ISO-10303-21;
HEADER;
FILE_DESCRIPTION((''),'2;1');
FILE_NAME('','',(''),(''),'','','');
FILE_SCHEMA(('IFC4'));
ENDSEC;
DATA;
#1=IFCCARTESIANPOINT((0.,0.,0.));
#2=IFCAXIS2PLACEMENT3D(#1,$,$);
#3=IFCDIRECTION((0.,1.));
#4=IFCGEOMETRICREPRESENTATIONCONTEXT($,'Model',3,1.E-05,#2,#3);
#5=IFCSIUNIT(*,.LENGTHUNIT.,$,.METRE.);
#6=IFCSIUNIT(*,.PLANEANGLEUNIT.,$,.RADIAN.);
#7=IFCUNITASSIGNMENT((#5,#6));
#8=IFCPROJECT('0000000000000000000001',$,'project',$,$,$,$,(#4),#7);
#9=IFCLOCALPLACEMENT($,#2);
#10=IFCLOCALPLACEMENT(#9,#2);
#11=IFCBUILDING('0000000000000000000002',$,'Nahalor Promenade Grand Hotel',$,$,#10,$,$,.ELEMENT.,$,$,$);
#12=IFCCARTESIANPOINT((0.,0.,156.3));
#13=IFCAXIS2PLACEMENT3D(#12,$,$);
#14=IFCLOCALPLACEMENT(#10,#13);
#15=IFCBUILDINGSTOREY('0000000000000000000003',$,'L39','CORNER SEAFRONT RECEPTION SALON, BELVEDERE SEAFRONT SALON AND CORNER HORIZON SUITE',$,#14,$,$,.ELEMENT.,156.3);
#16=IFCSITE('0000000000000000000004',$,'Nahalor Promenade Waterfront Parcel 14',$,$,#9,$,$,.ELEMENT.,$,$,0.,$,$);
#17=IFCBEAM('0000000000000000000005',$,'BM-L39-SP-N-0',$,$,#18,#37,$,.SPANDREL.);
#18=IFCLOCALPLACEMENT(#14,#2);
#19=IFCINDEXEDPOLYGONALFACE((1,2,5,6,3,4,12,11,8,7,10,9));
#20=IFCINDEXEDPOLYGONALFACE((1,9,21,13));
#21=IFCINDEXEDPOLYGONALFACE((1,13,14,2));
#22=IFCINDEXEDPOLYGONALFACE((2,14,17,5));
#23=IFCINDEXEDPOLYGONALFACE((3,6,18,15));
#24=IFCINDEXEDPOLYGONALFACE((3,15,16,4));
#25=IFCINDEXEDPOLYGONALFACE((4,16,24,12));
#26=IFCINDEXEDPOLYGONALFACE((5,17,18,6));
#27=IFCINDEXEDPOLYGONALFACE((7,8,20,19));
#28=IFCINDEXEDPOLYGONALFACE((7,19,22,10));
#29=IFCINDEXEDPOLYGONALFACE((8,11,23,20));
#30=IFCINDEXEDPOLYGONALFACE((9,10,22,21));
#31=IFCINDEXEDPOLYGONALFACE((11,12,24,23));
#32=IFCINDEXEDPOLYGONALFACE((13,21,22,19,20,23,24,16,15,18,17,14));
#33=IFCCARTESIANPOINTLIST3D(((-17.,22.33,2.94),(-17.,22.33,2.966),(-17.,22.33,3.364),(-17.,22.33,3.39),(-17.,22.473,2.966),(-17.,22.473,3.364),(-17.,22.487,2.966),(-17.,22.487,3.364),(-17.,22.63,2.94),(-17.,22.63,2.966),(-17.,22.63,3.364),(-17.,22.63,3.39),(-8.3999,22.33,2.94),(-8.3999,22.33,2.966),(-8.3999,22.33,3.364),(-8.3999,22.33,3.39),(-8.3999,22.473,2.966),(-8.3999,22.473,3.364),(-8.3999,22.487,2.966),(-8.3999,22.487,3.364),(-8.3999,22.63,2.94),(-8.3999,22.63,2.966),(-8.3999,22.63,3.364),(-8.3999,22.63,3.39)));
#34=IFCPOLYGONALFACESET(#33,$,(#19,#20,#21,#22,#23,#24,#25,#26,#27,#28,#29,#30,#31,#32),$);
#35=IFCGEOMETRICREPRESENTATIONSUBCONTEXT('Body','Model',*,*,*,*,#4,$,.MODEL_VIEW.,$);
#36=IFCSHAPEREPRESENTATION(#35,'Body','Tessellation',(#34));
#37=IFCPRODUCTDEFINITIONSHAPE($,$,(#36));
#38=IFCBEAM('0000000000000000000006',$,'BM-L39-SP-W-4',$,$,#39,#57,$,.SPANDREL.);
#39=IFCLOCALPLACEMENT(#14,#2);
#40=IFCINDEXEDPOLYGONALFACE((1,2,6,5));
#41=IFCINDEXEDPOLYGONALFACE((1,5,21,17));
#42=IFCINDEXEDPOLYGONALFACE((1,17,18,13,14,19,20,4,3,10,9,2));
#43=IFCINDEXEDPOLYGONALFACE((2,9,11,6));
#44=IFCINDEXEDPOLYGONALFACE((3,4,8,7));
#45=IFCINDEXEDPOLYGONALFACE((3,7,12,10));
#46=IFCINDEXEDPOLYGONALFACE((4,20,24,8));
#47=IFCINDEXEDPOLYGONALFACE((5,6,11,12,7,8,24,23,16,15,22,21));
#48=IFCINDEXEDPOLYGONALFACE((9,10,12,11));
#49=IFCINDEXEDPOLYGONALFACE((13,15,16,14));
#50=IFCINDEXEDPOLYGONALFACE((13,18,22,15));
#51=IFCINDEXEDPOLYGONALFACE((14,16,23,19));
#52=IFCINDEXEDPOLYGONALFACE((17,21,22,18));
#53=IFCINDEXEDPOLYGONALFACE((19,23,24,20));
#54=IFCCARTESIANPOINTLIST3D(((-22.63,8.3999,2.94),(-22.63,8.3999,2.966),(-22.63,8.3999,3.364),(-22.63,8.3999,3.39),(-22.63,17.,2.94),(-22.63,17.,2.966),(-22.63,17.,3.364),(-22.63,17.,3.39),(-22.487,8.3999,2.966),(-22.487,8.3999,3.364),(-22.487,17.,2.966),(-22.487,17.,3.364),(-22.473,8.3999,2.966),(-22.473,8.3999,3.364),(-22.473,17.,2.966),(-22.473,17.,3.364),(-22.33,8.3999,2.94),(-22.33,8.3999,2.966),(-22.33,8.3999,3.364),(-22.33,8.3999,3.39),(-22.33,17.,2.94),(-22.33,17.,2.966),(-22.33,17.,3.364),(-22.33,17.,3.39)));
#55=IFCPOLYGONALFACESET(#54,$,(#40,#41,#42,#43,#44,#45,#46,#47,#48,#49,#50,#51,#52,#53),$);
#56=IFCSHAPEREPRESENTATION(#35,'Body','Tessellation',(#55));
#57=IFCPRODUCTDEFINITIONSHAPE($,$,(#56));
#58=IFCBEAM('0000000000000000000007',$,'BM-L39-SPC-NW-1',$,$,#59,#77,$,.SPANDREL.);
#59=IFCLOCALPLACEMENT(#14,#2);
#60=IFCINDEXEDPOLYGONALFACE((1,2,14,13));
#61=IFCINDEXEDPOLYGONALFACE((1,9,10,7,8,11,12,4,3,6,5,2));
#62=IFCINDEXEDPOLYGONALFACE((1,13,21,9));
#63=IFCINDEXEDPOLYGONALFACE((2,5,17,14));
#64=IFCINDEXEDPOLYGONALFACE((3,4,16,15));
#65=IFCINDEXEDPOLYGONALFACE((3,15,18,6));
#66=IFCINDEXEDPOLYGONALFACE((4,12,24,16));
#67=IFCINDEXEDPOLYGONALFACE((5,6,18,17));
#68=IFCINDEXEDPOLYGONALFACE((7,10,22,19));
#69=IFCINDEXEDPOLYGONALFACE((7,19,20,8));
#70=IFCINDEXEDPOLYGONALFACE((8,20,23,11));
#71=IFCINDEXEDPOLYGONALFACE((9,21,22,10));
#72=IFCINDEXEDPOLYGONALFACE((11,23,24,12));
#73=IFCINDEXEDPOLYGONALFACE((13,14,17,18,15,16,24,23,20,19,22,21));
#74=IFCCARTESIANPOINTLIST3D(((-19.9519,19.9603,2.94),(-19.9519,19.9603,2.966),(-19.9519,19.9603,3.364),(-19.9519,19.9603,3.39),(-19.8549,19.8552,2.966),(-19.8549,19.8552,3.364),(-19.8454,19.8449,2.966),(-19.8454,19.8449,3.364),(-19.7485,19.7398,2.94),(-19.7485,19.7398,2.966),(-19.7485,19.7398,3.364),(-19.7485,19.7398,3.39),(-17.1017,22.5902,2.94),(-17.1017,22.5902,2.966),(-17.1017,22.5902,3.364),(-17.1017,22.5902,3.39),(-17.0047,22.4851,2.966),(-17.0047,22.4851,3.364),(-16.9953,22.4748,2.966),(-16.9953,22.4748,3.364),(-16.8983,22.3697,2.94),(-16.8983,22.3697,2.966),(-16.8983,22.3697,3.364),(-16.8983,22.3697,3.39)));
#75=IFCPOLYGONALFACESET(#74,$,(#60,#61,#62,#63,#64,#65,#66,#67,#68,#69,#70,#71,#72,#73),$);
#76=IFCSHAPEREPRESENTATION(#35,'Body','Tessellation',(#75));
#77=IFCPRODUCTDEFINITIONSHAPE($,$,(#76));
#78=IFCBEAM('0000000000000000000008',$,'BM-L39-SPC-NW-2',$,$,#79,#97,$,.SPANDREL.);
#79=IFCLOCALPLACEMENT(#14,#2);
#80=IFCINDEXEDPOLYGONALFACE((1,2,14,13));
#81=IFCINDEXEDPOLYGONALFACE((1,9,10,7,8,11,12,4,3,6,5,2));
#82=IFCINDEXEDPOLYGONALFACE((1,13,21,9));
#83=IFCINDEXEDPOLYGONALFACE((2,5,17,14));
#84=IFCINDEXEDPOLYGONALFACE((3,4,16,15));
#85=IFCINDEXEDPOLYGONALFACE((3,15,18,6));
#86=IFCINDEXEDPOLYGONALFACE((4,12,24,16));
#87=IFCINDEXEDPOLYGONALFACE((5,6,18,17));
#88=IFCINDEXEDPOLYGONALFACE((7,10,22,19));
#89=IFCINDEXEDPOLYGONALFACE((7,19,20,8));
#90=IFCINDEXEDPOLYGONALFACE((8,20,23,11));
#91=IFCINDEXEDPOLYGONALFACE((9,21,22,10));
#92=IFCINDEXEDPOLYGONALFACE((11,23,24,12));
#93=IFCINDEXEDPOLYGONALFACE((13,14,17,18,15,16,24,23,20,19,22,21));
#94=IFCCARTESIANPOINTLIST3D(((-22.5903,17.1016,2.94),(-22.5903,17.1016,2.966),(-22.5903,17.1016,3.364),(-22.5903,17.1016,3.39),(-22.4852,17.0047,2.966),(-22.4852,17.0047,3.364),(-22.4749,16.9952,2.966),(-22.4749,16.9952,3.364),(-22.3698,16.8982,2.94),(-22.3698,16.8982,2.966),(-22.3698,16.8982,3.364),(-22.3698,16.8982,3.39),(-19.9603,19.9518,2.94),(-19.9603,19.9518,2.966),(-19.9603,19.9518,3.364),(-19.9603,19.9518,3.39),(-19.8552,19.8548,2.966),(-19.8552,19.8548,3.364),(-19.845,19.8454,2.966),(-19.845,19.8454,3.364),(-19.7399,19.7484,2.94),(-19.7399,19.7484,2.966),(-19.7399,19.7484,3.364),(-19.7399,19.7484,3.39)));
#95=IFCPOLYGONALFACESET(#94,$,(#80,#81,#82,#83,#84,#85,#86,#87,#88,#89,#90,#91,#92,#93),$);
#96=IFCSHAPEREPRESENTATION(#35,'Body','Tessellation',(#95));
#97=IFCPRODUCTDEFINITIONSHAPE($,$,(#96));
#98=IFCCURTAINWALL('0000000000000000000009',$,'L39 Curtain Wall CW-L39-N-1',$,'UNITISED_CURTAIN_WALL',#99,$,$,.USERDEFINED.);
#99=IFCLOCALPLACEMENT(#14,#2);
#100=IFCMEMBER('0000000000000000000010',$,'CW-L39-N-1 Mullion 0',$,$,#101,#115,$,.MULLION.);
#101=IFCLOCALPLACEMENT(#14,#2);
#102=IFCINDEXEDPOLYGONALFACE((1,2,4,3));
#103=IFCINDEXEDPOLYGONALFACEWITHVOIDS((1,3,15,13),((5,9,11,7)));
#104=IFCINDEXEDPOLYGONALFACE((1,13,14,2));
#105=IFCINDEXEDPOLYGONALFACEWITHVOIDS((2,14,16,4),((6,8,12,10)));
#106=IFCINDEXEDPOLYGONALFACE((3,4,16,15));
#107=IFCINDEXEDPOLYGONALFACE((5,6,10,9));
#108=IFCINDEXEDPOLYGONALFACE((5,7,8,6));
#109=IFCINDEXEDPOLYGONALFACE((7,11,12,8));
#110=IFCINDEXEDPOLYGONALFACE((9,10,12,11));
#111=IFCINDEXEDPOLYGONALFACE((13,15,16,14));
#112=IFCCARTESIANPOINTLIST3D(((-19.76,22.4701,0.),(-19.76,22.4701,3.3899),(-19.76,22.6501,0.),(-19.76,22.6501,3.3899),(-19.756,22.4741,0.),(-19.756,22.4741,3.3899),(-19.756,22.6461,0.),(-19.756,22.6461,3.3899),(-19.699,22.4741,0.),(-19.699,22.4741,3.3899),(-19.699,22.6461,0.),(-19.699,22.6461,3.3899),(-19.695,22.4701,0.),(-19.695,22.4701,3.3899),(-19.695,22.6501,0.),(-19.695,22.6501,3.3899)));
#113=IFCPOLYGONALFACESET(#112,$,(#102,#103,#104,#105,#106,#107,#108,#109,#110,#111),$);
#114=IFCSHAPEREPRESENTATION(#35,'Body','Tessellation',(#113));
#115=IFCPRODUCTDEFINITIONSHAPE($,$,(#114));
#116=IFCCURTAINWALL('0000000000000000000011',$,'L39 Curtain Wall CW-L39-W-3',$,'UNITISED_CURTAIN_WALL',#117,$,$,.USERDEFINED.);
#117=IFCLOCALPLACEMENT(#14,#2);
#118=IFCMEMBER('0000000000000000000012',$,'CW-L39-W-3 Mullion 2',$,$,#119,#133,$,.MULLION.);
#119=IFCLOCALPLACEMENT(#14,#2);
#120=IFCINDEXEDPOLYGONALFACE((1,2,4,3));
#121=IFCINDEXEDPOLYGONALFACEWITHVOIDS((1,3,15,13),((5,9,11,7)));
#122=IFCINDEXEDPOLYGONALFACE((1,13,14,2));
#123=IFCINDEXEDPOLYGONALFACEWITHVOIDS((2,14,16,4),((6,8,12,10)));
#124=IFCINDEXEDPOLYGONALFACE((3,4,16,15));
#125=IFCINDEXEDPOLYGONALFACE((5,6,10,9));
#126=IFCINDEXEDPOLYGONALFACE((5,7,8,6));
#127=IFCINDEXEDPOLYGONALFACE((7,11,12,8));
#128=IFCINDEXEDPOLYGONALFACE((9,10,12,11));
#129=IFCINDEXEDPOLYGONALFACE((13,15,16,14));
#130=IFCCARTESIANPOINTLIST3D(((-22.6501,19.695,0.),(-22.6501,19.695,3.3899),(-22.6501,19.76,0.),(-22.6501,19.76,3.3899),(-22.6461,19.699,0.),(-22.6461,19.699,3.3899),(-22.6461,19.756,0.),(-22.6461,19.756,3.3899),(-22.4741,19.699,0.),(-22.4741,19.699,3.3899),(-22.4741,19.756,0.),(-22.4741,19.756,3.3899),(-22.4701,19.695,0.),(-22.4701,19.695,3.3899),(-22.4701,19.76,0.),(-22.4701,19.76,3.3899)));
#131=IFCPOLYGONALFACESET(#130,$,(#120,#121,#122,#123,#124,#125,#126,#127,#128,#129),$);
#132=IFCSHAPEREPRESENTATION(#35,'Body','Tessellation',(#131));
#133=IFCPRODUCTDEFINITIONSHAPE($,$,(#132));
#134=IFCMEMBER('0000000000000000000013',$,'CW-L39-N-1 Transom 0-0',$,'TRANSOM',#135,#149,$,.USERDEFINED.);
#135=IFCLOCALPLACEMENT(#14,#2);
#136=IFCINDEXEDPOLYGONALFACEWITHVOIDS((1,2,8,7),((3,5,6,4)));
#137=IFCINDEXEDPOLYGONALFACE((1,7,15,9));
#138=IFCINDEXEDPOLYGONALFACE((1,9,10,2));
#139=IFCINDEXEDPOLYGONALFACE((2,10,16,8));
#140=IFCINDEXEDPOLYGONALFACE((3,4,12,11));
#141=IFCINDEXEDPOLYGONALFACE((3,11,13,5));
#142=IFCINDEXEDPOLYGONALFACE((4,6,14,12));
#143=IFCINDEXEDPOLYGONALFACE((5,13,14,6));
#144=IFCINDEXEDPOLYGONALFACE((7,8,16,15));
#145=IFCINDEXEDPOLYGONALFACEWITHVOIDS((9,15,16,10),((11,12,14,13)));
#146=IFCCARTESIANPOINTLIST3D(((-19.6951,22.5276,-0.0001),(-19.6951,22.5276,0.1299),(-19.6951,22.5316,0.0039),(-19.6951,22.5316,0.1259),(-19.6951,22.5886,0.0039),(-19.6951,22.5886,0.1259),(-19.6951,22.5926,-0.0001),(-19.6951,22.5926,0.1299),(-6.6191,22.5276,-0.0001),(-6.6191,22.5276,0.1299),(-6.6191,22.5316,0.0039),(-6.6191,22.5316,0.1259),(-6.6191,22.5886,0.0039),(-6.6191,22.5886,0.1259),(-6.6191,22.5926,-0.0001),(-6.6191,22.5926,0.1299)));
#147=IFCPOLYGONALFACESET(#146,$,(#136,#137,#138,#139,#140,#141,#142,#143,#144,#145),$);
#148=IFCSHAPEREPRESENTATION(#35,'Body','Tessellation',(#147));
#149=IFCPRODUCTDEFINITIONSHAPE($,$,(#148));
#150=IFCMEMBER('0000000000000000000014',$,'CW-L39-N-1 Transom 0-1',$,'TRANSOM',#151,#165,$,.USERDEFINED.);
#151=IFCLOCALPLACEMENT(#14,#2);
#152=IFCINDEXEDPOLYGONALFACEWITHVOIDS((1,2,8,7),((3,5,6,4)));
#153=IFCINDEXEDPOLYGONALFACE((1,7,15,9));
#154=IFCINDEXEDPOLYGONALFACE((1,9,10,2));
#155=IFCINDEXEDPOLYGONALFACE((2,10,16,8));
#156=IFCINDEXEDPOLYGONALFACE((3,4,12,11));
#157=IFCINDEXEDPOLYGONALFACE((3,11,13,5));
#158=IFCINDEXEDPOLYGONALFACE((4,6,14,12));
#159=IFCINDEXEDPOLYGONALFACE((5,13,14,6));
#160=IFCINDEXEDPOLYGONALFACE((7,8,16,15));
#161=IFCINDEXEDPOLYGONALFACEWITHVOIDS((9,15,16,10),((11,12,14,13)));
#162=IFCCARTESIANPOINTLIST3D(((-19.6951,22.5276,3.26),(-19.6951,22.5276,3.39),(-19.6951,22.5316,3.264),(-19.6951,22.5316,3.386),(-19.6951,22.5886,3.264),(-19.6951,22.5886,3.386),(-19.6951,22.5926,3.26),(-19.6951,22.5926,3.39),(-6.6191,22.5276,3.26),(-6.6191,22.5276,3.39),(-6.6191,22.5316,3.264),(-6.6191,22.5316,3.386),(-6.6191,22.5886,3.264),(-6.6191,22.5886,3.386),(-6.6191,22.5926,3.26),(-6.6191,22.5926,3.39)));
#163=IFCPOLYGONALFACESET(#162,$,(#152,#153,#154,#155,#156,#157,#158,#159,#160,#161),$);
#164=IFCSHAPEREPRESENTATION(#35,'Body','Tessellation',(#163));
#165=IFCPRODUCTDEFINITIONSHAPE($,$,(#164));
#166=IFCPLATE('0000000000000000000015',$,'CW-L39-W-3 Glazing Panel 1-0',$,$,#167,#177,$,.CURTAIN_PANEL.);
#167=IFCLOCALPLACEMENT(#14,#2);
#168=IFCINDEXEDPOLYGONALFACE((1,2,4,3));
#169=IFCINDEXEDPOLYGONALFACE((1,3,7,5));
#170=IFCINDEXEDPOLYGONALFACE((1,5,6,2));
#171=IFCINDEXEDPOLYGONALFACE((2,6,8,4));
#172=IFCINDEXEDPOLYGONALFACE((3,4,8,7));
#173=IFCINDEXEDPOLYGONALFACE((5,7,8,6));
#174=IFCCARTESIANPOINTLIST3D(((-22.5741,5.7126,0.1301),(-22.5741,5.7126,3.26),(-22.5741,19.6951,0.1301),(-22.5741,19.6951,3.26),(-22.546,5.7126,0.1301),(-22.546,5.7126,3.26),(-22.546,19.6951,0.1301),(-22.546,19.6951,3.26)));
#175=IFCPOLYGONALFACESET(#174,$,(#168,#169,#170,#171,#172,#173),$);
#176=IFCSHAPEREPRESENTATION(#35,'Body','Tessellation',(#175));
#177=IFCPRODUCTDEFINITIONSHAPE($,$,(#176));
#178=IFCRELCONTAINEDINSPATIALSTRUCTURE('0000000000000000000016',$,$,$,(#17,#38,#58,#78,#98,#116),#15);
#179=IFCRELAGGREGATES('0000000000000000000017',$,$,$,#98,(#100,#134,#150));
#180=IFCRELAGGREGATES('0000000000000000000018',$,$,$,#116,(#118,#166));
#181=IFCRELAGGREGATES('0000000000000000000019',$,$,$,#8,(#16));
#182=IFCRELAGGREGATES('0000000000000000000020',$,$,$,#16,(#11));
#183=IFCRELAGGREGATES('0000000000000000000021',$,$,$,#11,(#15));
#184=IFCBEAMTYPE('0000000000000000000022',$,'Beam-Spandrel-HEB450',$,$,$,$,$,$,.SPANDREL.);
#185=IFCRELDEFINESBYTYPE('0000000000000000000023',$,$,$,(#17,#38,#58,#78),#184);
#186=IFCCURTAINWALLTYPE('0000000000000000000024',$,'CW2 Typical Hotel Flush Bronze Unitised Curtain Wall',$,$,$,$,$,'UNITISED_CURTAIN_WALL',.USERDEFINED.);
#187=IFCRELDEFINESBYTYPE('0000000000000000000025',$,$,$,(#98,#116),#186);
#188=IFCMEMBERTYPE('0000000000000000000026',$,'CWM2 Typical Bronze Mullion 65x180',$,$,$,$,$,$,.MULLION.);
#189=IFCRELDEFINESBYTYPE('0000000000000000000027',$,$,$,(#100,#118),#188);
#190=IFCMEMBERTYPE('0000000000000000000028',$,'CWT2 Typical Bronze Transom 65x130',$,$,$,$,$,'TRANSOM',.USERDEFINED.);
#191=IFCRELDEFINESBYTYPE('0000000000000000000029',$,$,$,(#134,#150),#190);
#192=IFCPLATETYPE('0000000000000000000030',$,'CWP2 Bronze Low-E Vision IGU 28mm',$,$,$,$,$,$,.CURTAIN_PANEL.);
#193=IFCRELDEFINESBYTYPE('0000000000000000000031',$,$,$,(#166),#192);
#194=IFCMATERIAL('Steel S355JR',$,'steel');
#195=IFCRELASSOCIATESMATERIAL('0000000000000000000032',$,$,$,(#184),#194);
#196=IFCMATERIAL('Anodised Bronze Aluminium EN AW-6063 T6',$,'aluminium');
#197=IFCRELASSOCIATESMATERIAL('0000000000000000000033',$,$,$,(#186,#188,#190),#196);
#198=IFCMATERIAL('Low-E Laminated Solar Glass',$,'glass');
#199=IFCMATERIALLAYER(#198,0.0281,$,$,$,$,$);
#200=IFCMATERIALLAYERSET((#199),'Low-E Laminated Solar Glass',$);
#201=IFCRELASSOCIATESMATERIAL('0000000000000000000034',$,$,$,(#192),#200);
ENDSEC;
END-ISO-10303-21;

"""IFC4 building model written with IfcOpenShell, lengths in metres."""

from ifc_helpers import new_model, si_unit, direction, frame, origin, origin_2d, place, context, subcontext, project, spatial, rectangle, hollow_rectangle, i_section, extrude, source, transform, mapped, material, layer, layer_set, material_profile, profile_set, type_object, element, aggregate, save


model = new_model("IFC4")

# Units and contexts
model_context = context("Model", 3, precision=1e-05, world=origin(), true_north=direction((0.0, 1.0)))
body_context = subcontext(model_context, "Body", "Model", "MODEL_VIEW")
ifc_project = project(units=[si_unit("LENGTHUNIT", "METRE"), si_unit("PLANEANGLEUNIT", "RADIAN")], contexts=[model_context])

# Site, building, storey
site_placement = place(None, origin())
site = spatial("IfcSite", under=ifc_project, at=site_placement, Name="Nahalor Promenade Waterfront Parcel 14", CompositionType="ELEMENT", RefElevation=0.0)
building_placement = place(site_placement, origin())
building = spatial("IfcBuilding", under=site, at=building_placement, Name="Nahalor Promenade Grand Hotel", CompositionType="ELEMENT")
storey_placement = place(building_placement, frame((0.0, 0.0, 156.3)))
storey = spatial("IfcBuildingStorey", under=building, at=storey_placement, Name="L39", Description="CORNER SEAFRONT RECEPTION SALON, BELVEDERE SEAFRONT SALON AND CORNER HORIZON SUITE", CompositionType="ELEMENT", Elevation=156.3)

# Beams
ifc_material_1 = material(Name="Steel S355JR", Category="steel")
ifc_material_profile_1 = material_profile(ifc_material_1, i_section(OverallWidth=0.3, OverallDepth=0.45, WebThickness=0.014, FlangeThickness=0.026, at=origin_2d()), Name="HEB 450")
ifc_profile_set_1 = profile_set([ifc_material_profile_1], Name="Steel S355JR")
beam_type_1 = type_object("IfcBeamType", Name="Beam-Spandrel-HEB450", PredefinedType="SPANDREL", material=ifc_profile_set_1)
shared_shape_1 = source(origin(), body_context, "Body", "SweptSolid", [
    extrude(i_section(OverallWidth=0.3, OverallDepth=0.45, WebThickness=0.014, FlangeThickness=0.026, at=origin_2d()), origin(), (0.0, 0.0, 1.0), 8.6001),
])
for number, where, z_axis, x_axis, name in (
    (1, (-17.0, 22.48, 3.165), (1.0, 0.0, 0.0), (0.0, 1.0, 0.0), "BM-L39-SP-N-0"),
    (2, (-22.48, 8.3999, 3.165), (0.0, 1.0, 0.0), (-1.0, 0.0, 0.0), "BM-L39-SP-W-4"),
):
    element("IfcBeam", number, at=place(storey_placement, frame(where, z_axis=z_axis, x_axis=x_axis)), inside=storey, type_object=beam_type_1, Name=name, PredefinedType="SPANDREL", context=body_context, shape_type="MappedRepresentation", body=[
        mapped(shared_shape_1, transform((0.0, 0.0, 0.0), scale=1.0)),
    ])
shared_shape_2 = source(origin(), body_context, "Body", "SweptSolid", [
    extrude(i_section(OverallWidth=0.3, OverallDepth=0.45, WebThickness=0.014, FlangeThickness=0.026, at=origin_2d()), origin(), (0.0, 0.0, 1.0), 3.8782),
])
for number, where, z_axis, x_axis, name in (
    (3, (-17.0, 22.48, 3.165), (-0.734929, -0.678144, 0.0), (0.678144, -0.734929, 0.0), "BM-L39-SPC-NW-1"),
    (4, (-19.8501, 19.8501, 3.165), (-0.678144, -0.734929, 0.0), (0.734929, -0.678144, 0.0), "BM-L39-SPC-NW-2"),
):
    element("IfcBeam", number, at=place(storey_placement, frame(where, z_axis=z_axis, x_axis=x_axis)), inside=storey, type_object=beam_type_1, Name=name, PredefinedType="SPANDREL", context=body_context, shape_type="MappedRepresentation", body=[
        mapped(shared_shape_2, transform((0.0, 0.0, 0.0), scale=1.0)),
    ])

# Curtain walls, members
ifc_material_2 = material(Name="Anodised Bronze Aluminium EN AW-6063 T6", Category="aluminium")
curtain_wall_type = type_object("IfcCurtainWallType", Name="CW2 Typical Hotel Flush Bronze Unitised Curtain Wall", ElementType="UNITISED_CURTAIN_WALL", PredefinedType="USERDEFINED", material=ifc_material_2)
curtain_wall_1_placement = place(storey_placement, origin())
curtain_wall_1 = element("IfcCurtainWall", 5, at=curtain_wall_1_placement, inside=storey, type_object=curtain_wall_type, Name="L39 Curtain Wall CW-L39-N-1", ObjectType="UNITISED_CURTAIN_WALL", PredefinedType="USERDEFINED")
ifc_material_profile_2 = material_profile(ifc_material_2, hollow_rectangle(XDim=0.065, YDim=0.18, WallThickness=0.004, at=origin_2d()), Name="CWM 65x180x4")
ifc_profile_set_2 = profile_set([ifc_material_profile_2], Name="Anodised Bronze Aluminium EN AW-6063 T6")
member_type_1 = type_object("IfcMemberType", Name="CWM2 Typical Bronze Mullion 65x180", PredefinedType="MULLION", material=ifc_profile_set_2)
shared_shape_3 = source(origin(), body_context, "Body", "SweptSolid", [
    extrude(hollow_rectangle(XDim=0.065, YDim=0.18, WallThickness=0.004, at=origin_2d()), origin(), (0.0, 0.0, 1.0), 3.3899),
])
member_1_placement = place(storey_placement, frame((-19.7275, 22.5601, 0.0), z_axis=(0.0, 0.0, 1.0), x_axis=(1.0, 0.0, 0.0)))
member_1 = element("IfcMember", 6, at=member_1_placement, type_object=member_type_1, Name="CW-L39-N-1 Mullion 0", PredefinedType="MULLION", context=body_context, shape_type="MappedRepresentation", body=[
    mapped(shared_shape_3, transform((0.0, 0.0, 0.0), scale=1.0)),
])
curtain_wall_2_placement = place(storey_placement, origin())
curtain_wall_2 = element("IfcCurtainWall", 7, at=curtain_wall_2_placement, inside=storey, type_object=curtain_wall_type, Name="L39 Curtain Wall CW-L39-W-3", ObjectType="UNITISED_CURTAIN_WALL", PredefinedType="USERDEFINED")
member_2_placement = place(storey_placement, frame((-22.5601, 19.7275, 0.0), z_axis=(0.0, 0.0, 1.0), x_axis=(0.0, 1.0, 0.0)))
member_2 = element("IfcMember", 8, at=member_2_placement, type_object=member_type_1, Name="CW-L39-W-3 Mullion 2", PredefinedType="MULLION", context=body_context, shape_type="MappedRepresentation", body=[
    mapped(shared_shape_3, transform((0.0, 0.0, 0.0), scale=1.0)),
])

# Members
ifc_material_profile_3 = material_profile(ifc_material_2, hollow_rectangle(XDim=0.065, YDim=0.13, WallThickness=0.004, at=origin_2d()), Name="CWT 65x130x4")
ifc_profile_set_3 = profile_set([ifc_material_profile_3], Name="Anodised Bronze Aluminium EN AW-6063 T6")
member_type_2 = type_object("IfcMemberType", Name="CWT2 Typical Bronze Transom 65x130", ElementType="TRANSOM", PredefinedType="USERDEFINED", material=ifc_profile_set_3)
shared_shape_4 = source(origin(), body_context, "Body", "SweptSolid", [
    extrude(hollow_rectangle(XDim=0.065, YDim=0.13, WallThickness=0.004, at=origin_2d()), origin(), (0.0, 0.0, 1.0), 13.0759),
])
member_3_placement = place(storey_placement, frame((-19.6951, 22.5601, 0.0649), z_axis=(1.0, 0.0, 0.0), x_axis=(0.0, 1.0, 0.0)))
member_3 = element("IfcMember", 9, at=member_3_placement, type_object=member_type_2, Name="CW-L39-N-1 Transom 0-0", ObjectType="TRANSOM", PredefinedType="USERDEFINED", context=body_context, shape_type="MappedRepresentation", body=[
    mapped(shared_shape_4, transform((0.0, 0.0, 0.0), scale=1.0)),
])
member_4_placement = place(storey_placement, frame((-19.6951, 22.5601, 3.325), z_axis=(1.0, 0.0, 0.0), x_axis=(0.0, 1.0, 0.0)))
member_4 = element("IfcMember", 10, at=member_4_placement, type_object=member_type_2, Name="CW-L39-N-1 Transom 0-1", ObjectType="TRANSOM", PredefinedType="USERDEFINED", context=body_context, shape_type="MappedRepresentation", body=[
    mapped(shared_shape_4, transform((0.0, 0.0, 0.0), scale=1.0)),
])
aggregate(curtain_wall_1, [member_1, member_3, member_4])

# Plate
ifc_material_3 = material(Name="Low-E Laminated Solar Glass", Category="glass")
ifc_layer_1 = layer(ifc_material_3, 0.0281)
ifc_layer_set_1 = layer_set([ifc_layer_1], Name="Low-E Laminated Solar Glass")
plate_type = type_object("IfcPlateType", Name="CWP2 Bronze Low-E Vision IGU 28mm", PredefinedType="CURTAIN_PANEL", material=ifc_layer_set_1)
shared_shape_5 = source(origin(), body_context, "Body", "SweptSolid", [
    extrude(rectangle(XDim=13.9824, YDim=0.0281, at=origin_2d()), origin(), (0.0, 0.0, 1.0), 3.1299),
])
plate_placement = place(storey_placement, frame((-22.5601, 12.7039, 0.1301), z_axis=(0.0, 0.0, 1.0), x_axis=(0.0, 1.0, 0.0)))
plate = element("IfcPlate", 11, at=plate_placement, type_object=plate_type, Name="CW-L39-W-3 Glazing Panel 1-0", PredefinedType="CURTAIN_PANEL", context=body_context, shape_type="MappedRepresentation", body=[
    mapped(shared_shape_5, transform((0.0, 0.0, 0.0), scale=1.0)),
])
aggregate(curtain_wall_2, [member_2, plate])

save(model, "model.ifc")
